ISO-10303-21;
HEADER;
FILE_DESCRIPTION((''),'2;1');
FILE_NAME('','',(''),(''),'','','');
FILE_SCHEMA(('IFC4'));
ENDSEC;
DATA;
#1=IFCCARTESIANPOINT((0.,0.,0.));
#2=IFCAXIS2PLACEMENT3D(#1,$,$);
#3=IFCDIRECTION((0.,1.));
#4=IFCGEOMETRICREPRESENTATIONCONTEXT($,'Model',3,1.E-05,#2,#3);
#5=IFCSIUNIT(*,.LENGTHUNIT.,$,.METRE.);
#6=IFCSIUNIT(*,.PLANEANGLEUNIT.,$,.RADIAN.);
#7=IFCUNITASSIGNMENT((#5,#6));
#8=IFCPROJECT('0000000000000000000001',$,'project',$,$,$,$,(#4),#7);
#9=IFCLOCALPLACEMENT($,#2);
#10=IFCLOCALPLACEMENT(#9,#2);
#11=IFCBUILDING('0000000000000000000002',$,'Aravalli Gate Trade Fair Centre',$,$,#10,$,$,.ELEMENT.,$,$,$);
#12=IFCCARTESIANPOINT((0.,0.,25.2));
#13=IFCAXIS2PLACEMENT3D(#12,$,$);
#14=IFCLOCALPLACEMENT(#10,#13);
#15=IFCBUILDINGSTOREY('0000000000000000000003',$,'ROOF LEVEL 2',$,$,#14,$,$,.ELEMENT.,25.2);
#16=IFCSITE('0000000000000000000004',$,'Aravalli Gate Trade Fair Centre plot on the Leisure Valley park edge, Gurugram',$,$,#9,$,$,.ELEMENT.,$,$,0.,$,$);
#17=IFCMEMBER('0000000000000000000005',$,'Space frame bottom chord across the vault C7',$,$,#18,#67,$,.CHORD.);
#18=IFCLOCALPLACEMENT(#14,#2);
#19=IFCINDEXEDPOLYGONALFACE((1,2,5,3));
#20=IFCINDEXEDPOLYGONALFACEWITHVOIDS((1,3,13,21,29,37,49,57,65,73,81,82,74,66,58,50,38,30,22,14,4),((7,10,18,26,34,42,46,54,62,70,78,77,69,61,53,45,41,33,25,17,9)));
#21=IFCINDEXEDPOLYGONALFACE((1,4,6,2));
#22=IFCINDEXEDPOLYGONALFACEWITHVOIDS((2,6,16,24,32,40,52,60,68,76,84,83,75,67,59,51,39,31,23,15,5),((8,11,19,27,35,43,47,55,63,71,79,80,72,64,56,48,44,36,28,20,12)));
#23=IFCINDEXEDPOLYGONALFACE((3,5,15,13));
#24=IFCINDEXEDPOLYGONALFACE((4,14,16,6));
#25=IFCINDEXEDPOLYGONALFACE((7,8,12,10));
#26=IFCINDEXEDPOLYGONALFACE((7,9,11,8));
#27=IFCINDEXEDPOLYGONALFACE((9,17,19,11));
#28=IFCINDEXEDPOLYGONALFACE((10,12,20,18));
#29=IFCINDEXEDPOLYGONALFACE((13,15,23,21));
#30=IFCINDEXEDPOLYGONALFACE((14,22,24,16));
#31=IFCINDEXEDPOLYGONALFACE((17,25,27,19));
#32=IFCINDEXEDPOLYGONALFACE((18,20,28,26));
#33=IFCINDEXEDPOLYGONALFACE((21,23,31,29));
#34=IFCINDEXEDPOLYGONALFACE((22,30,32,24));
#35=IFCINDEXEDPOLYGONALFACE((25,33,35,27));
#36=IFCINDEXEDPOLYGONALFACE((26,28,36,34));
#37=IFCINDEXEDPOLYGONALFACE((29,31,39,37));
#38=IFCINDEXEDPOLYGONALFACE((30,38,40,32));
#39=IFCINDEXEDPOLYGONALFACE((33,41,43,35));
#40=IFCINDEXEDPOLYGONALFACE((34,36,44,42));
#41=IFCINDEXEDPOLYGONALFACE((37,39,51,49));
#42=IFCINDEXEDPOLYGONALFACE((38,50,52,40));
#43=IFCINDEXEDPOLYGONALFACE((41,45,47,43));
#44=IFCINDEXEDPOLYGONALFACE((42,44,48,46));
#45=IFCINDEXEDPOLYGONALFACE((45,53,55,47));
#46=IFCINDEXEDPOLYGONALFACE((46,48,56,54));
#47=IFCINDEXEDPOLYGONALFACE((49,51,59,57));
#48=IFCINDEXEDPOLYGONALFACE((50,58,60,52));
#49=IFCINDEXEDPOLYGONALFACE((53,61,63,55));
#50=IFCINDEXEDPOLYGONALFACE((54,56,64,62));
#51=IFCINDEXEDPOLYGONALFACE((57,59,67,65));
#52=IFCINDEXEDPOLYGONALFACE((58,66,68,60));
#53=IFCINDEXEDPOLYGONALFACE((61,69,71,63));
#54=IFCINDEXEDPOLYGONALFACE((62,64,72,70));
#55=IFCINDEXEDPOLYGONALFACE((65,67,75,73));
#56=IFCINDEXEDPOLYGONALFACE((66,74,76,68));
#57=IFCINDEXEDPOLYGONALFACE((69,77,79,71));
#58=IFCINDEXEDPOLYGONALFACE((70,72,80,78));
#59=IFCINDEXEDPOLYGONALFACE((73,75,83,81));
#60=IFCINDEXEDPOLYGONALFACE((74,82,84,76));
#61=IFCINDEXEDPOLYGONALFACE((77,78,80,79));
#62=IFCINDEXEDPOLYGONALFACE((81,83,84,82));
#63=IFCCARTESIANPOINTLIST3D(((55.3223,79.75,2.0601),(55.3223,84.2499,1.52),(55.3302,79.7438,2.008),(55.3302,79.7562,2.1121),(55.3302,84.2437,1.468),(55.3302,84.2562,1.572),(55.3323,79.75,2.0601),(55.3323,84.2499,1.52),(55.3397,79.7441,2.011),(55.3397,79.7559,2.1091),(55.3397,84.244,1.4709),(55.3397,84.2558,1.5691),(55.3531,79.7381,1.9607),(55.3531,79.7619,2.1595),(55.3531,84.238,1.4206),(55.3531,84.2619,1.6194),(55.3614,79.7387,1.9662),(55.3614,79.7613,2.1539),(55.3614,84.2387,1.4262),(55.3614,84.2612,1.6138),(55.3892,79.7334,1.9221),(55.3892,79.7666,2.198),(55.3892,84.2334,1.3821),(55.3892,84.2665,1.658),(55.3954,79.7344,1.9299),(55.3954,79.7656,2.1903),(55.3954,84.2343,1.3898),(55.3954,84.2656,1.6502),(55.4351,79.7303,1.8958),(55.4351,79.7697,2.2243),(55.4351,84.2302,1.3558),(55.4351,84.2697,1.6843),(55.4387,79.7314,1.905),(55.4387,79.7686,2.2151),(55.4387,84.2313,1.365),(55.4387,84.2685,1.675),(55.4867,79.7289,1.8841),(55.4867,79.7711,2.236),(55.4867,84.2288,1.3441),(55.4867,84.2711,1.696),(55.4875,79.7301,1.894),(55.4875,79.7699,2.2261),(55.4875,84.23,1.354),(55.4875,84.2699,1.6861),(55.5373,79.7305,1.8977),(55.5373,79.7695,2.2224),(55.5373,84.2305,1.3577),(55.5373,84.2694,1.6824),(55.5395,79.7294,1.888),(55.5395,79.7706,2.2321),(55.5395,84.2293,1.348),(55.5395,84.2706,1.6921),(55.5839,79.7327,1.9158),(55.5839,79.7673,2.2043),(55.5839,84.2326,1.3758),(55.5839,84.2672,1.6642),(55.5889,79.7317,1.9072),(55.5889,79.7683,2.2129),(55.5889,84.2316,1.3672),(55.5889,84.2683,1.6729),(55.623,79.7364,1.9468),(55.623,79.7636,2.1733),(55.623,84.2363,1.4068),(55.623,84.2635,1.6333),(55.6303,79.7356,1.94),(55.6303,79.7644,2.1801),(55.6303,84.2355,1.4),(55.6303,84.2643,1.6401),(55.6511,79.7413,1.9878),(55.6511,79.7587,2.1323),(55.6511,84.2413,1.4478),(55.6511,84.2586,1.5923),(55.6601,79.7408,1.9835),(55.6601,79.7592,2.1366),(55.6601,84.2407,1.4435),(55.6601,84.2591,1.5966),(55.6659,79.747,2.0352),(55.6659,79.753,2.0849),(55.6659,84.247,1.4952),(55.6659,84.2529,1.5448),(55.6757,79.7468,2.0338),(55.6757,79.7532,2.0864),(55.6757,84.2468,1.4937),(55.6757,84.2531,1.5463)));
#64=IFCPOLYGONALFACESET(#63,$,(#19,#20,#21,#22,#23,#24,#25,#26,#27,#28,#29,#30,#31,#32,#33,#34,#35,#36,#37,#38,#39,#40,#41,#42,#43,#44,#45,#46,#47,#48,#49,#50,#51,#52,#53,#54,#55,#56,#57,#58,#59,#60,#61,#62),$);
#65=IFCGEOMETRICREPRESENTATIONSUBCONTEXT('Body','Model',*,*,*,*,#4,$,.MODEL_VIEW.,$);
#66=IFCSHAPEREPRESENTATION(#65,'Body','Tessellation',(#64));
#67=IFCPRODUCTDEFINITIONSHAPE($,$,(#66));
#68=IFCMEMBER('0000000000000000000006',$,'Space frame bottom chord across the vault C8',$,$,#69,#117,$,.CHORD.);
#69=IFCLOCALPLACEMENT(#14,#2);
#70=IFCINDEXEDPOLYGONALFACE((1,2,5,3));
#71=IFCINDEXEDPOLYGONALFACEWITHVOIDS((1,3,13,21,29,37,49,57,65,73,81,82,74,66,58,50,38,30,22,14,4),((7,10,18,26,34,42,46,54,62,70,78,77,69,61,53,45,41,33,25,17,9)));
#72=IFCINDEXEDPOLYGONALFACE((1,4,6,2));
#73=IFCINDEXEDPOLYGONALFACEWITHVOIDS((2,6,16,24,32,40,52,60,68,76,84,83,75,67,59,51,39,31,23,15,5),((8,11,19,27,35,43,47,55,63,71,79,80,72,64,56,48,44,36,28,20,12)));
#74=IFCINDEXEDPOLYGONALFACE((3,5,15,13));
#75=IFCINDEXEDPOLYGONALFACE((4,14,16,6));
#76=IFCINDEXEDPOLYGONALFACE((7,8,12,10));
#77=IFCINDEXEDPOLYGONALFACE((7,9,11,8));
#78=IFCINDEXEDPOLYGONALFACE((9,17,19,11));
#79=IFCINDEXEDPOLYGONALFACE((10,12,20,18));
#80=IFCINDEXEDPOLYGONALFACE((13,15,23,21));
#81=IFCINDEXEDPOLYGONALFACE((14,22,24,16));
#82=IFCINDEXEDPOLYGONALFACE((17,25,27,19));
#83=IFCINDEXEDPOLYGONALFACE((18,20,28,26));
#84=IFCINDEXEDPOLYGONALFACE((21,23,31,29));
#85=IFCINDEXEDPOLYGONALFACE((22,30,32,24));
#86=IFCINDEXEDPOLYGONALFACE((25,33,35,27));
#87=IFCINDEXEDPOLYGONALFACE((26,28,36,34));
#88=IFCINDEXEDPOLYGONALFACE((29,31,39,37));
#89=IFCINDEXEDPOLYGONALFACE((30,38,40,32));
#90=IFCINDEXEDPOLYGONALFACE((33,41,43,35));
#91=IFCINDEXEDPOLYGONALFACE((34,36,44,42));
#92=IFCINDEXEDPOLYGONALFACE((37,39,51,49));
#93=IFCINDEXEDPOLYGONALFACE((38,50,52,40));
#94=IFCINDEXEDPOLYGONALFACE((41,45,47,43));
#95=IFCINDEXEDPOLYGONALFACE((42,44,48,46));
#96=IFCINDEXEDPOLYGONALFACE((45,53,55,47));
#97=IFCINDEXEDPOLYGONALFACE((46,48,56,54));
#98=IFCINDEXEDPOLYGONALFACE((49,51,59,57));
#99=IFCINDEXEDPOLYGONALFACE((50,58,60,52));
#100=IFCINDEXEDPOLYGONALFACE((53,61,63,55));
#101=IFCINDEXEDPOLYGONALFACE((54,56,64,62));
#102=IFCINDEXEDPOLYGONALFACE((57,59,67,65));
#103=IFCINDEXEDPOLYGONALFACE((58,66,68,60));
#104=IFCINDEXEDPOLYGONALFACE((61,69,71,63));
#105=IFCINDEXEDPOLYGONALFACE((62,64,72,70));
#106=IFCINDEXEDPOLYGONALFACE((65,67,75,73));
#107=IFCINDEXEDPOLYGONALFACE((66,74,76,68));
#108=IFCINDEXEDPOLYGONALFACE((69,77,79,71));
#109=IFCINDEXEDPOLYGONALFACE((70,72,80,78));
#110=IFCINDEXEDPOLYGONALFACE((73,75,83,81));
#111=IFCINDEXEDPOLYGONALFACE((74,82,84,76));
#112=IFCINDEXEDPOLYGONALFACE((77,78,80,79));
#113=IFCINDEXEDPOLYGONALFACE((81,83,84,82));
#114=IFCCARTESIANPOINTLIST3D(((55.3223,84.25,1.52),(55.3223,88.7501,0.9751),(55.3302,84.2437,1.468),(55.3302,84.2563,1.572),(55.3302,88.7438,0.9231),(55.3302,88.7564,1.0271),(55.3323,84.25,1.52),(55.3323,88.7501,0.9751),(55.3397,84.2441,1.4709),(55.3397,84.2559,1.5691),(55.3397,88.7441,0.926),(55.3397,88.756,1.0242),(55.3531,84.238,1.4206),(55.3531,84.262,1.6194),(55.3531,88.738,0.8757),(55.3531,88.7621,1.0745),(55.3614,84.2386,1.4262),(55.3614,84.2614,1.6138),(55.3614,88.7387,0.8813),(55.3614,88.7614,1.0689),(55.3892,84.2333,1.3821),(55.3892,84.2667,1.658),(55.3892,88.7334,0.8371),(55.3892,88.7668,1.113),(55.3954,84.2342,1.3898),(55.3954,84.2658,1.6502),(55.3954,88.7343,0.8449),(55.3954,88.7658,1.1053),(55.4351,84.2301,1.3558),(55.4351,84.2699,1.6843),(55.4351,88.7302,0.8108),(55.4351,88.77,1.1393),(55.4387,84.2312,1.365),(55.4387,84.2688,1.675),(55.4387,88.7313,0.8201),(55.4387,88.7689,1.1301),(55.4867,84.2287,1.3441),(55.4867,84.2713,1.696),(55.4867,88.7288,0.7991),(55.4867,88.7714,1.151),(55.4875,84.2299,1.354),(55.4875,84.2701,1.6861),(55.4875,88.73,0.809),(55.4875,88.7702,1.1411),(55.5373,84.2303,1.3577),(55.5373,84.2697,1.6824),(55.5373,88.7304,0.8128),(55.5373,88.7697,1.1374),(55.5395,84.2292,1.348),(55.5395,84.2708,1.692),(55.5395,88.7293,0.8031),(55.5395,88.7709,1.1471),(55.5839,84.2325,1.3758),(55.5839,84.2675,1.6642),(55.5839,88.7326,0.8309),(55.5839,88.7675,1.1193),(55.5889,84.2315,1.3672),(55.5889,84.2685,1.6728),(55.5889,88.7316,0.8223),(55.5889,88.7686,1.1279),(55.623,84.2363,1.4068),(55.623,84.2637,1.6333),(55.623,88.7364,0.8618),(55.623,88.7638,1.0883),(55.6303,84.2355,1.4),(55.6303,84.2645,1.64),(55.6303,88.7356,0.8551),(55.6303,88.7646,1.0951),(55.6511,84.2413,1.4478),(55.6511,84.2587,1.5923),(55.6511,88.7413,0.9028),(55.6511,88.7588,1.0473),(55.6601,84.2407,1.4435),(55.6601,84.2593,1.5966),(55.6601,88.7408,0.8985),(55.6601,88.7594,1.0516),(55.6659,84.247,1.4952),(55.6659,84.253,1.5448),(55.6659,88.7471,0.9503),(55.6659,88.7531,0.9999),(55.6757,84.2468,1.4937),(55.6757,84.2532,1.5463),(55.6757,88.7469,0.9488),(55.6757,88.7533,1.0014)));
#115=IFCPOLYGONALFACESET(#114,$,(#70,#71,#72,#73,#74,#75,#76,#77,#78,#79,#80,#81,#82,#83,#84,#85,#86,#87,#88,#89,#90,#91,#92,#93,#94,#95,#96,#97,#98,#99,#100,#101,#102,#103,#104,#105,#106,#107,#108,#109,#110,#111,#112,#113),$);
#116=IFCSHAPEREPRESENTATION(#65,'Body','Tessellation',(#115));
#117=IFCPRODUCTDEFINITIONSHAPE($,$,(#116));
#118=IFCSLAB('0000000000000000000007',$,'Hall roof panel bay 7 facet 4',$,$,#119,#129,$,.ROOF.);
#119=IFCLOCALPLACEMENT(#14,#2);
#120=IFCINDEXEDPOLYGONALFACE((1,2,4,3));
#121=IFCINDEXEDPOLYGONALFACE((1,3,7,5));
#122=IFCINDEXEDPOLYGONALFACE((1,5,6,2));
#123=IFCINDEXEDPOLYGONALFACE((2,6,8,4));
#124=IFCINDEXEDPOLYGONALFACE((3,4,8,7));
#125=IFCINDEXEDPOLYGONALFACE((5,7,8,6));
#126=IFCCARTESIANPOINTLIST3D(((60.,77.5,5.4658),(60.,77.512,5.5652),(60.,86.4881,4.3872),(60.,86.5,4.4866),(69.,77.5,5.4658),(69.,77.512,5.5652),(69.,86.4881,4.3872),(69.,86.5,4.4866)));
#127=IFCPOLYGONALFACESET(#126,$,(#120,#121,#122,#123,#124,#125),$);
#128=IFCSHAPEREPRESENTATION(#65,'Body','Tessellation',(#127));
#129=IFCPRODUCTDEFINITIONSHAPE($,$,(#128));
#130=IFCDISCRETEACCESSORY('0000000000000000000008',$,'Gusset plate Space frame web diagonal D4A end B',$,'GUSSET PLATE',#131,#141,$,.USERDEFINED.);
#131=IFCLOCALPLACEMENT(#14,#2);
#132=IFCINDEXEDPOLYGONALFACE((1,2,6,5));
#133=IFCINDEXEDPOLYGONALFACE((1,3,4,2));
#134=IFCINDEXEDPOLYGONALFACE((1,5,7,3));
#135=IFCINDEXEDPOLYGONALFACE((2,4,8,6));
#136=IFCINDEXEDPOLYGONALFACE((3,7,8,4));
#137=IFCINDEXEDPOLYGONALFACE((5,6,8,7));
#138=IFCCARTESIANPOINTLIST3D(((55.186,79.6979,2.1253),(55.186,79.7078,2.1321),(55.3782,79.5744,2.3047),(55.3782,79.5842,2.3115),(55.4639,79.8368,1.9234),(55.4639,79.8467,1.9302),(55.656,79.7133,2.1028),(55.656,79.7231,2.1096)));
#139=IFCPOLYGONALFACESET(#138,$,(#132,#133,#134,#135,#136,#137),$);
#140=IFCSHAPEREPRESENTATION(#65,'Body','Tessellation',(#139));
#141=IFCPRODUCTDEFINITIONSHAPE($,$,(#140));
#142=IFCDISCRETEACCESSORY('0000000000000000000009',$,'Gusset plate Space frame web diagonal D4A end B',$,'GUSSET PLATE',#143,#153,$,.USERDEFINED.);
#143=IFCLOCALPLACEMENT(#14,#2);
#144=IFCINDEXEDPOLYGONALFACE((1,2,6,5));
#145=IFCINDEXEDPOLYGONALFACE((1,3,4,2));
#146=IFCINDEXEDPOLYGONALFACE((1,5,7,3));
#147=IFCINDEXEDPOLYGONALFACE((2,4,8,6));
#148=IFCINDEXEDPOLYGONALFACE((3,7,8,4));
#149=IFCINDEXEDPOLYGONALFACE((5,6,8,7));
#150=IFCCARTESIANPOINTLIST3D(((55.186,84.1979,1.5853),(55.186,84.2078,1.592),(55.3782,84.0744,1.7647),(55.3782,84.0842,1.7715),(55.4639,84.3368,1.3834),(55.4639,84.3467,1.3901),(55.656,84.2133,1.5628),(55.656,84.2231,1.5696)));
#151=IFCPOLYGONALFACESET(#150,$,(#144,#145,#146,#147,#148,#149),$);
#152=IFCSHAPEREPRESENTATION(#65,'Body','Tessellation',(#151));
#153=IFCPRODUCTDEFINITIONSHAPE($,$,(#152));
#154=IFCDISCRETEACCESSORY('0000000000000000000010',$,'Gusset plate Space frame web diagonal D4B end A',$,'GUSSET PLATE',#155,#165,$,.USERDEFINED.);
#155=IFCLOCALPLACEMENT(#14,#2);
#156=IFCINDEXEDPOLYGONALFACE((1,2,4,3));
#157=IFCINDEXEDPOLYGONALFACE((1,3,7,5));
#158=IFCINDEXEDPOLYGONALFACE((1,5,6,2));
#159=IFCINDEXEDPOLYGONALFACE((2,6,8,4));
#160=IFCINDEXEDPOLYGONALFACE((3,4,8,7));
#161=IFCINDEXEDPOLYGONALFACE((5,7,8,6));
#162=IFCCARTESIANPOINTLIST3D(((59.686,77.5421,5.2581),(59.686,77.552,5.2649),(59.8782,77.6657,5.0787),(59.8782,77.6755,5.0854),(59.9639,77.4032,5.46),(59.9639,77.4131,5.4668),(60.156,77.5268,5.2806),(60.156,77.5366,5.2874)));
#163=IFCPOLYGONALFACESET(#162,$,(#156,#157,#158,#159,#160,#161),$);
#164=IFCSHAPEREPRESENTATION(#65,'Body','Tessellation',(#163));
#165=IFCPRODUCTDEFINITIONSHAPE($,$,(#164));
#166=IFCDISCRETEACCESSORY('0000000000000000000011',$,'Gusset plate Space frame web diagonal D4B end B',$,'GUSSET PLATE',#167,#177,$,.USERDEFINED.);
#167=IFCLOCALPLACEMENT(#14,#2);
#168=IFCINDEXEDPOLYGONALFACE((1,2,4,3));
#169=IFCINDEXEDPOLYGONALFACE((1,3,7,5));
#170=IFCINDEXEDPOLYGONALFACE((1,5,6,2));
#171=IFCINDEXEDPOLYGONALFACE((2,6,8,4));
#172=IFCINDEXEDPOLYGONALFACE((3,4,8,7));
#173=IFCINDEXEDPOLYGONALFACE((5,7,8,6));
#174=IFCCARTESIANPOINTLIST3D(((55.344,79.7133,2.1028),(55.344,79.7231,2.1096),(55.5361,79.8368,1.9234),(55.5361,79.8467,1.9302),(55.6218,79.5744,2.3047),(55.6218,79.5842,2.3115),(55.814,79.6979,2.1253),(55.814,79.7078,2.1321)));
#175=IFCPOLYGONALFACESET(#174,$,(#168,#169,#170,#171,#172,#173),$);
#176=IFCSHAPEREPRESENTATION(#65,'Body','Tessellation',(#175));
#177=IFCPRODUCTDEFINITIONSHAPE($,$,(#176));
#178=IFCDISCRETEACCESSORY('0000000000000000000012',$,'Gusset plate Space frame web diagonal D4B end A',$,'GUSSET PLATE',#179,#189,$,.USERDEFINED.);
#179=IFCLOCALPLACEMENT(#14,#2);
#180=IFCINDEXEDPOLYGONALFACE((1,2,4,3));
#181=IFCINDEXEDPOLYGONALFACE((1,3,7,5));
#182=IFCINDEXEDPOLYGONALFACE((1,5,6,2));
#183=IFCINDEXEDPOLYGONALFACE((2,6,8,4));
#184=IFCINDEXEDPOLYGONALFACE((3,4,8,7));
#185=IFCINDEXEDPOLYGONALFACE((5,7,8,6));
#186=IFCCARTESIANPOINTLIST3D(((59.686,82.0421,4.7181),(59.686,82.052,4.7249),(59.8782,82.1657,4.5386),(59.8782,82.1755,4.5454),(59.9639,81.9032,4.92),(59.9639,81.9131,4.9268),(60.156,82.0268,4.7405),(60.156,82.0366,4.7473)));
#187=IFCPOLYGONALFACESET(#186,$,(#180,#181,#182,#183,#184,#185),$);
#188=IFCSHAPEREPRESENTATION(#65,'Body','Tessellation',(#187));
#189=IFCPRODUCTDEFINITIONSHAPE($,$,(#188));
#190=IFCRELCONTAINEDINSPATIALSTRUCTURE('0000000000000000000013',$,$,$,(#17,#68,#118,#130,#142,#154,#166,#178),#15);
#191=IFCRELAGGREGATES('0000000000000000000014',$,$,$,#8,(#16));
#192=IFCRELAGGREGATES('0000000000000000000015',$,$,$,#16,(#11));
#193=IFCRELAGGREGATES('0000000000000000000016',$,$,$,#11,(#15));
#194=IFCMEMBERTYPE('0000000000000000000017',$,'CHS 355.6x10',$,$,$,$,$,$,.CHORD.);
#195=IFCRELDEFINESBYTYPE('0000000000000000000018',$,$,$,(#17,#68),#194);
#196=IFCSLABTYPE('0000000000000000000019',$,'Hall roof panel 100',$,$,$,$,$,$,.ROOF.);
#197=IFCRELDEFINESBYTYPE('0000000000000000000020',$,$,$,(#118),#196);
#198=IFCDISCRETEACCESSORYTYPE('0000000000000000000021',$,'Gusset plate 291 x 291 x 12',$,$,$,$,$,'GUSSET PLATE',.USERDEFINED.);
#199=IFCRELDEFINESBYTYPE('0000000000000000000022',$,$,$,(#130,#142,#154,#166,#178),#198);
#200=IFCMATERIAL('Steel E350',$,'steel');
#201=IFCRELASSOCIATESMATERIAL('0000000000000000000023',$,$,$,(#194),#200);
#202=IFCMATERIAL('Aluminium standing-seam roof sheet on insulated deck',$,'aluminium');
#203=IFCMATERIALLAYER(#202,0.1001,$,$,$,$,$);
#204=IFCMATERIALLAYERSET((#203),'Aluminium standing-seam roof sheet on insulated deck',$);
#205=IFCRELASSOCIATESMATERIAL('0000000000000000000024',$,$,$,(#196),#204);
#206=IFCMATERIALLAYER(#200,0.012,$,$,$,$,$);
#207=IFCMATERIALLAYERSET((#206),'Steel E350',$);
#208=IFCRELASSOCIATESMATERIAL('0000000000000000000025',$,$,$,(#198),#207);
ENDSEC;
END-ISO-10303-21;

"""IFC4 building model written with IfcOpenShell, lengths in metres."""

from ifc_helpers import new_model, si_unit, direction, frame, origin, origin_2d, place, context, subcontext, project, spatial, polyline, hollow_circle, outline, extrude, material, layer, layer_set, material_profile, profile_set, type_object, element, save


model = new_model("IFC4")

# Units and contexts
model_context = context("Model", 3, precision=1e-05, world=origin(), true_north=direction((0.0, 1.0)))
body_context = subcontext(model_context, "Body", "Model", "MODEL_VIEW")
ifc_project = project(units=[si_unit("LENGTHUNIT", "METRE"), si_unit("PLANEANGLEUNIT", "RADIAN")], contexts=[model_context])

# Site, building, storey
site_placement = place(None, origin())
site = spatial("IfcSite", under=ifc_project, at=site_placement, Name="Aravalli Gate Trade Fair Centre plot on the Leisure Valley park edge, Gurugram", CompositionType="ELEMENT", RefElevation=0.0)
building_placement = place(site_placement, origin())
building = spatial("IfcBuilding", under=site, at=building_placement, Name="Aravalli Gate Trade Fair Centre", CompositionType="ELEMENT")
storey_placement = place(building_placement, frame((0.0, 0.0, 25.2)))
storey = spatial("IfcBuildingStorey", under=building, at=storey_placement, Name="ROOF LEVEL 2", CompositionType="ELEMENT", Elevation=25.2)

# Members
ifc_material_1 = material(Name="Steel E350", Category="steel")
ifc_material_profile_1 = material_profile(ifc_material_1, hollow_circle(Radius=0.1777, WallThickness=0.01, at=origin_2d()), Name="CHS 355.6x10")
ifc_profile_set_1 = profile_set([ifc_material_profile_1], Name="Steel E350")
member_type_1 = type_object("IfcMemberType", Name="CHS 355.6x10", PredefinedType="CHORD", material=ifc_profile_set_1)
member_1_placement = place(storey_placement, frame((55.5, 79.75, 2.0601), z_axis=(0.0, 0.992876, -0.119154), x_axis=(-1.0, 0.0, 0.0)))
element("IfcMember", 1, at=member_1_placement, inside=storey, type_object=member_type_1, Name="Space frame bottom chord across the vault C7", PredefinedType="CHORD", context=body_context, shape_type="SweptSolid", body=[
    extrude(hollow_circle(Radius=0.1777, WallThickness=0.01, at=origin_2d()), origin(), (0.0, 0.0, 1.0), 4.5322),
])
member_2_placement = place(storey_placement, frame((55.5, 84.25, 1.52), z_axis=(0.0, 0.992748, -0.120216), x_axis=(-1.0, 0.0, 0.0)))
element("IfcMember", 2, at=member_2_placement, inside=storey, type_object=member_type_1, Name="Space frame bottom chord across the vault C8", PredefinedType="CHORD", context=body_context, shape_type="SweptSolid", body=[
    extrude(hollow_circle(Radius=0.1777, WallThickness=0.01, at=origin_2d()), origin(), (0.0, 0.0, 1.0), 4.533),
])

# Slab
ifc_material_2 = material(Name="Aluminium standing-seam roof sheet on insulated deck", Category="aluminium")
ifc_layer_1 = layer(ifc_material_2, 0.1001)
ifc_layer_set_1 = layer_set([ifc_layer_1], Name="Aluminium standing-seam roof sheet on insulated deck")
slab_type = type_object("IfcSlabType", Name="Hall roof panel 100", PredefinedType="ROOF", material=ifc_layer_set_1)
slab_placement = place(storey_placement, frame((60.0, 77.512, 5.5652), z_axis=(0.0, 0.119151, 0.992876), x_axis=(1.0, 0.0, 0.0)))
element("IfcSlab", 3, at=slab_placement, inside=storey, type_object=slab_type, Name="Hall roof panel bay 7 facet 4", PredefinedType="ROOF", context=body_context, shape_type="SweptSolid", body=[
    extrude(outline(polyline([(0.0, 0.0), (9.0, 0.0), (9.0, 9.0525), (0.0, 9.0525), (0.0, 0.0)])), origin(), (0.0, 0.0, -1.0), 0.1001),
])

# Discrete accessories
ifc_layer_2 = layer(ifc_material_1, 0.012)
ifc_layer_set_2 = layer_set([ifc_layer_2], Name="Steel E350")
discrete_accessory_type = type_object("IfcDiscreteAccessoryType", Name="Gusset plate 291 x 291 x 12", ElementType="GUSSET PLATE", PredefinedType="USERDEFINED", material=ifc_layer_set_2)
for number, where, z_axis, x_axis, name in (
    (4, (55.186, 79.7078, 2.1321), (0.000137, 0.82375, 0.566952), (0.749929, 0.374965, -0.544984), "Gusset plate Space frame web diagonal D4A end B"),
    (5, (55.186, 84.2078, 1.592), (0.000137, 0.82375, 0.566952), (0.749929, 0.374965, -0.544984), "Gusset plate Space frame web diagonal D4A end B"),
):
    element("IfcDiscreteAccessory", number, at=place(storey_placement, frame(where, z_axis=z_axis, x_axis=x_axis)), inside=storey, type_object=discrete_accessory_type, Name=name, ObjectType="GUSSET PLATE", PredefinedType="USERDEFINED", context=body_context, shape_type="SweptSolid", body=[
        extrude(outline(polyline([(0.0, 0.0), (0.3705, 0.0), (0.3705, -0.2905), (0.0, -0.2905), (0.0, 0.0)])), origin(), (0.0, 0.0, -1.0), 0.012),
    ])
discrete_accessory_1_placement = place(storey_placement, frame((59.686, 77.552, 5.2649), z_axis=(-0.000137, 0.82375, 0.566952), x_axis=(0.749929, -0.374965, 0.544984)))
element("IfcDiscreteAccessory", 6, at=discrete_accessory_1_placement, inside=storey, type_object=discrete_accessory_type, Name="Gusset plate Space frame web diagonal D4B end A", ObjectType="GUSSET PLATE", PredefinedType="USERDEFINED", context=body_context, shape_type="SweptSolid", body=[
    extrude(outline(polyline([(0.0, 0.0), (0.3705, 0.0), (0.3705, 0.2905), (0.0, 0.2905), (0.0, 0.0)])), origin(), (0.0, 0.0, -1.0), 0.012),
])
discrete_accessory_2_placement = place(storey_placement, frame((55.6218, 79.5842, 2.3115), z_axis=(-0.000137, 0.82375, 0.566952), x_axis=(-0.749929, 0.374965, -0.544984)))
element("IfcDiscreteAccessory", 7, at=discrete_accessory_2_placement, inside=storey, type_object=discrete_accessory_type, Name="Gusset plate Space frame web diagonal D4B end B", ObjectType="GUSSET PLATE", PredefinedType="USERDEFINED", context=body_context, shape_type="SweptSolid", body=[
    extrude(outline(polyline([(0.0, 0.0), (0.3705, 0.0), (0.3705, -0.2905), (0.0, -0.2905), (0.0, 0.0)])), origin(), (0.0, 0.0, -1.0), 0.012),
])
discrete_accessory_3_placement = place(storey_placement, frame((59.686, 82.052, 4.7249), z_axis=(-0.000137, 0.82375, 0.566952), x_axis=(0.749929, -0.374965, 0.544984)))
element("IfcDiscreteAccessory", 8, at=discrete_accessory_3_placement, inside=storey, type_object=discrete_accessory_type, Name="Gusset plate Space frame web diagonal D4B end A", ObjectType="GUSSET PLATE", PredefinedType="USERDEFINED", context=body_context, shape_type="SweptSolid", body=[
    extrude(outline(polyline([(0.0, 0.0), (0.3705, 0.0), (0.3705, 0.2905), (0.0, 0.2905), (0.0, 0.0)])), origin(), (0.0, 0.0, -1.0), 0.012),
])

save(model, "model.ifc")
